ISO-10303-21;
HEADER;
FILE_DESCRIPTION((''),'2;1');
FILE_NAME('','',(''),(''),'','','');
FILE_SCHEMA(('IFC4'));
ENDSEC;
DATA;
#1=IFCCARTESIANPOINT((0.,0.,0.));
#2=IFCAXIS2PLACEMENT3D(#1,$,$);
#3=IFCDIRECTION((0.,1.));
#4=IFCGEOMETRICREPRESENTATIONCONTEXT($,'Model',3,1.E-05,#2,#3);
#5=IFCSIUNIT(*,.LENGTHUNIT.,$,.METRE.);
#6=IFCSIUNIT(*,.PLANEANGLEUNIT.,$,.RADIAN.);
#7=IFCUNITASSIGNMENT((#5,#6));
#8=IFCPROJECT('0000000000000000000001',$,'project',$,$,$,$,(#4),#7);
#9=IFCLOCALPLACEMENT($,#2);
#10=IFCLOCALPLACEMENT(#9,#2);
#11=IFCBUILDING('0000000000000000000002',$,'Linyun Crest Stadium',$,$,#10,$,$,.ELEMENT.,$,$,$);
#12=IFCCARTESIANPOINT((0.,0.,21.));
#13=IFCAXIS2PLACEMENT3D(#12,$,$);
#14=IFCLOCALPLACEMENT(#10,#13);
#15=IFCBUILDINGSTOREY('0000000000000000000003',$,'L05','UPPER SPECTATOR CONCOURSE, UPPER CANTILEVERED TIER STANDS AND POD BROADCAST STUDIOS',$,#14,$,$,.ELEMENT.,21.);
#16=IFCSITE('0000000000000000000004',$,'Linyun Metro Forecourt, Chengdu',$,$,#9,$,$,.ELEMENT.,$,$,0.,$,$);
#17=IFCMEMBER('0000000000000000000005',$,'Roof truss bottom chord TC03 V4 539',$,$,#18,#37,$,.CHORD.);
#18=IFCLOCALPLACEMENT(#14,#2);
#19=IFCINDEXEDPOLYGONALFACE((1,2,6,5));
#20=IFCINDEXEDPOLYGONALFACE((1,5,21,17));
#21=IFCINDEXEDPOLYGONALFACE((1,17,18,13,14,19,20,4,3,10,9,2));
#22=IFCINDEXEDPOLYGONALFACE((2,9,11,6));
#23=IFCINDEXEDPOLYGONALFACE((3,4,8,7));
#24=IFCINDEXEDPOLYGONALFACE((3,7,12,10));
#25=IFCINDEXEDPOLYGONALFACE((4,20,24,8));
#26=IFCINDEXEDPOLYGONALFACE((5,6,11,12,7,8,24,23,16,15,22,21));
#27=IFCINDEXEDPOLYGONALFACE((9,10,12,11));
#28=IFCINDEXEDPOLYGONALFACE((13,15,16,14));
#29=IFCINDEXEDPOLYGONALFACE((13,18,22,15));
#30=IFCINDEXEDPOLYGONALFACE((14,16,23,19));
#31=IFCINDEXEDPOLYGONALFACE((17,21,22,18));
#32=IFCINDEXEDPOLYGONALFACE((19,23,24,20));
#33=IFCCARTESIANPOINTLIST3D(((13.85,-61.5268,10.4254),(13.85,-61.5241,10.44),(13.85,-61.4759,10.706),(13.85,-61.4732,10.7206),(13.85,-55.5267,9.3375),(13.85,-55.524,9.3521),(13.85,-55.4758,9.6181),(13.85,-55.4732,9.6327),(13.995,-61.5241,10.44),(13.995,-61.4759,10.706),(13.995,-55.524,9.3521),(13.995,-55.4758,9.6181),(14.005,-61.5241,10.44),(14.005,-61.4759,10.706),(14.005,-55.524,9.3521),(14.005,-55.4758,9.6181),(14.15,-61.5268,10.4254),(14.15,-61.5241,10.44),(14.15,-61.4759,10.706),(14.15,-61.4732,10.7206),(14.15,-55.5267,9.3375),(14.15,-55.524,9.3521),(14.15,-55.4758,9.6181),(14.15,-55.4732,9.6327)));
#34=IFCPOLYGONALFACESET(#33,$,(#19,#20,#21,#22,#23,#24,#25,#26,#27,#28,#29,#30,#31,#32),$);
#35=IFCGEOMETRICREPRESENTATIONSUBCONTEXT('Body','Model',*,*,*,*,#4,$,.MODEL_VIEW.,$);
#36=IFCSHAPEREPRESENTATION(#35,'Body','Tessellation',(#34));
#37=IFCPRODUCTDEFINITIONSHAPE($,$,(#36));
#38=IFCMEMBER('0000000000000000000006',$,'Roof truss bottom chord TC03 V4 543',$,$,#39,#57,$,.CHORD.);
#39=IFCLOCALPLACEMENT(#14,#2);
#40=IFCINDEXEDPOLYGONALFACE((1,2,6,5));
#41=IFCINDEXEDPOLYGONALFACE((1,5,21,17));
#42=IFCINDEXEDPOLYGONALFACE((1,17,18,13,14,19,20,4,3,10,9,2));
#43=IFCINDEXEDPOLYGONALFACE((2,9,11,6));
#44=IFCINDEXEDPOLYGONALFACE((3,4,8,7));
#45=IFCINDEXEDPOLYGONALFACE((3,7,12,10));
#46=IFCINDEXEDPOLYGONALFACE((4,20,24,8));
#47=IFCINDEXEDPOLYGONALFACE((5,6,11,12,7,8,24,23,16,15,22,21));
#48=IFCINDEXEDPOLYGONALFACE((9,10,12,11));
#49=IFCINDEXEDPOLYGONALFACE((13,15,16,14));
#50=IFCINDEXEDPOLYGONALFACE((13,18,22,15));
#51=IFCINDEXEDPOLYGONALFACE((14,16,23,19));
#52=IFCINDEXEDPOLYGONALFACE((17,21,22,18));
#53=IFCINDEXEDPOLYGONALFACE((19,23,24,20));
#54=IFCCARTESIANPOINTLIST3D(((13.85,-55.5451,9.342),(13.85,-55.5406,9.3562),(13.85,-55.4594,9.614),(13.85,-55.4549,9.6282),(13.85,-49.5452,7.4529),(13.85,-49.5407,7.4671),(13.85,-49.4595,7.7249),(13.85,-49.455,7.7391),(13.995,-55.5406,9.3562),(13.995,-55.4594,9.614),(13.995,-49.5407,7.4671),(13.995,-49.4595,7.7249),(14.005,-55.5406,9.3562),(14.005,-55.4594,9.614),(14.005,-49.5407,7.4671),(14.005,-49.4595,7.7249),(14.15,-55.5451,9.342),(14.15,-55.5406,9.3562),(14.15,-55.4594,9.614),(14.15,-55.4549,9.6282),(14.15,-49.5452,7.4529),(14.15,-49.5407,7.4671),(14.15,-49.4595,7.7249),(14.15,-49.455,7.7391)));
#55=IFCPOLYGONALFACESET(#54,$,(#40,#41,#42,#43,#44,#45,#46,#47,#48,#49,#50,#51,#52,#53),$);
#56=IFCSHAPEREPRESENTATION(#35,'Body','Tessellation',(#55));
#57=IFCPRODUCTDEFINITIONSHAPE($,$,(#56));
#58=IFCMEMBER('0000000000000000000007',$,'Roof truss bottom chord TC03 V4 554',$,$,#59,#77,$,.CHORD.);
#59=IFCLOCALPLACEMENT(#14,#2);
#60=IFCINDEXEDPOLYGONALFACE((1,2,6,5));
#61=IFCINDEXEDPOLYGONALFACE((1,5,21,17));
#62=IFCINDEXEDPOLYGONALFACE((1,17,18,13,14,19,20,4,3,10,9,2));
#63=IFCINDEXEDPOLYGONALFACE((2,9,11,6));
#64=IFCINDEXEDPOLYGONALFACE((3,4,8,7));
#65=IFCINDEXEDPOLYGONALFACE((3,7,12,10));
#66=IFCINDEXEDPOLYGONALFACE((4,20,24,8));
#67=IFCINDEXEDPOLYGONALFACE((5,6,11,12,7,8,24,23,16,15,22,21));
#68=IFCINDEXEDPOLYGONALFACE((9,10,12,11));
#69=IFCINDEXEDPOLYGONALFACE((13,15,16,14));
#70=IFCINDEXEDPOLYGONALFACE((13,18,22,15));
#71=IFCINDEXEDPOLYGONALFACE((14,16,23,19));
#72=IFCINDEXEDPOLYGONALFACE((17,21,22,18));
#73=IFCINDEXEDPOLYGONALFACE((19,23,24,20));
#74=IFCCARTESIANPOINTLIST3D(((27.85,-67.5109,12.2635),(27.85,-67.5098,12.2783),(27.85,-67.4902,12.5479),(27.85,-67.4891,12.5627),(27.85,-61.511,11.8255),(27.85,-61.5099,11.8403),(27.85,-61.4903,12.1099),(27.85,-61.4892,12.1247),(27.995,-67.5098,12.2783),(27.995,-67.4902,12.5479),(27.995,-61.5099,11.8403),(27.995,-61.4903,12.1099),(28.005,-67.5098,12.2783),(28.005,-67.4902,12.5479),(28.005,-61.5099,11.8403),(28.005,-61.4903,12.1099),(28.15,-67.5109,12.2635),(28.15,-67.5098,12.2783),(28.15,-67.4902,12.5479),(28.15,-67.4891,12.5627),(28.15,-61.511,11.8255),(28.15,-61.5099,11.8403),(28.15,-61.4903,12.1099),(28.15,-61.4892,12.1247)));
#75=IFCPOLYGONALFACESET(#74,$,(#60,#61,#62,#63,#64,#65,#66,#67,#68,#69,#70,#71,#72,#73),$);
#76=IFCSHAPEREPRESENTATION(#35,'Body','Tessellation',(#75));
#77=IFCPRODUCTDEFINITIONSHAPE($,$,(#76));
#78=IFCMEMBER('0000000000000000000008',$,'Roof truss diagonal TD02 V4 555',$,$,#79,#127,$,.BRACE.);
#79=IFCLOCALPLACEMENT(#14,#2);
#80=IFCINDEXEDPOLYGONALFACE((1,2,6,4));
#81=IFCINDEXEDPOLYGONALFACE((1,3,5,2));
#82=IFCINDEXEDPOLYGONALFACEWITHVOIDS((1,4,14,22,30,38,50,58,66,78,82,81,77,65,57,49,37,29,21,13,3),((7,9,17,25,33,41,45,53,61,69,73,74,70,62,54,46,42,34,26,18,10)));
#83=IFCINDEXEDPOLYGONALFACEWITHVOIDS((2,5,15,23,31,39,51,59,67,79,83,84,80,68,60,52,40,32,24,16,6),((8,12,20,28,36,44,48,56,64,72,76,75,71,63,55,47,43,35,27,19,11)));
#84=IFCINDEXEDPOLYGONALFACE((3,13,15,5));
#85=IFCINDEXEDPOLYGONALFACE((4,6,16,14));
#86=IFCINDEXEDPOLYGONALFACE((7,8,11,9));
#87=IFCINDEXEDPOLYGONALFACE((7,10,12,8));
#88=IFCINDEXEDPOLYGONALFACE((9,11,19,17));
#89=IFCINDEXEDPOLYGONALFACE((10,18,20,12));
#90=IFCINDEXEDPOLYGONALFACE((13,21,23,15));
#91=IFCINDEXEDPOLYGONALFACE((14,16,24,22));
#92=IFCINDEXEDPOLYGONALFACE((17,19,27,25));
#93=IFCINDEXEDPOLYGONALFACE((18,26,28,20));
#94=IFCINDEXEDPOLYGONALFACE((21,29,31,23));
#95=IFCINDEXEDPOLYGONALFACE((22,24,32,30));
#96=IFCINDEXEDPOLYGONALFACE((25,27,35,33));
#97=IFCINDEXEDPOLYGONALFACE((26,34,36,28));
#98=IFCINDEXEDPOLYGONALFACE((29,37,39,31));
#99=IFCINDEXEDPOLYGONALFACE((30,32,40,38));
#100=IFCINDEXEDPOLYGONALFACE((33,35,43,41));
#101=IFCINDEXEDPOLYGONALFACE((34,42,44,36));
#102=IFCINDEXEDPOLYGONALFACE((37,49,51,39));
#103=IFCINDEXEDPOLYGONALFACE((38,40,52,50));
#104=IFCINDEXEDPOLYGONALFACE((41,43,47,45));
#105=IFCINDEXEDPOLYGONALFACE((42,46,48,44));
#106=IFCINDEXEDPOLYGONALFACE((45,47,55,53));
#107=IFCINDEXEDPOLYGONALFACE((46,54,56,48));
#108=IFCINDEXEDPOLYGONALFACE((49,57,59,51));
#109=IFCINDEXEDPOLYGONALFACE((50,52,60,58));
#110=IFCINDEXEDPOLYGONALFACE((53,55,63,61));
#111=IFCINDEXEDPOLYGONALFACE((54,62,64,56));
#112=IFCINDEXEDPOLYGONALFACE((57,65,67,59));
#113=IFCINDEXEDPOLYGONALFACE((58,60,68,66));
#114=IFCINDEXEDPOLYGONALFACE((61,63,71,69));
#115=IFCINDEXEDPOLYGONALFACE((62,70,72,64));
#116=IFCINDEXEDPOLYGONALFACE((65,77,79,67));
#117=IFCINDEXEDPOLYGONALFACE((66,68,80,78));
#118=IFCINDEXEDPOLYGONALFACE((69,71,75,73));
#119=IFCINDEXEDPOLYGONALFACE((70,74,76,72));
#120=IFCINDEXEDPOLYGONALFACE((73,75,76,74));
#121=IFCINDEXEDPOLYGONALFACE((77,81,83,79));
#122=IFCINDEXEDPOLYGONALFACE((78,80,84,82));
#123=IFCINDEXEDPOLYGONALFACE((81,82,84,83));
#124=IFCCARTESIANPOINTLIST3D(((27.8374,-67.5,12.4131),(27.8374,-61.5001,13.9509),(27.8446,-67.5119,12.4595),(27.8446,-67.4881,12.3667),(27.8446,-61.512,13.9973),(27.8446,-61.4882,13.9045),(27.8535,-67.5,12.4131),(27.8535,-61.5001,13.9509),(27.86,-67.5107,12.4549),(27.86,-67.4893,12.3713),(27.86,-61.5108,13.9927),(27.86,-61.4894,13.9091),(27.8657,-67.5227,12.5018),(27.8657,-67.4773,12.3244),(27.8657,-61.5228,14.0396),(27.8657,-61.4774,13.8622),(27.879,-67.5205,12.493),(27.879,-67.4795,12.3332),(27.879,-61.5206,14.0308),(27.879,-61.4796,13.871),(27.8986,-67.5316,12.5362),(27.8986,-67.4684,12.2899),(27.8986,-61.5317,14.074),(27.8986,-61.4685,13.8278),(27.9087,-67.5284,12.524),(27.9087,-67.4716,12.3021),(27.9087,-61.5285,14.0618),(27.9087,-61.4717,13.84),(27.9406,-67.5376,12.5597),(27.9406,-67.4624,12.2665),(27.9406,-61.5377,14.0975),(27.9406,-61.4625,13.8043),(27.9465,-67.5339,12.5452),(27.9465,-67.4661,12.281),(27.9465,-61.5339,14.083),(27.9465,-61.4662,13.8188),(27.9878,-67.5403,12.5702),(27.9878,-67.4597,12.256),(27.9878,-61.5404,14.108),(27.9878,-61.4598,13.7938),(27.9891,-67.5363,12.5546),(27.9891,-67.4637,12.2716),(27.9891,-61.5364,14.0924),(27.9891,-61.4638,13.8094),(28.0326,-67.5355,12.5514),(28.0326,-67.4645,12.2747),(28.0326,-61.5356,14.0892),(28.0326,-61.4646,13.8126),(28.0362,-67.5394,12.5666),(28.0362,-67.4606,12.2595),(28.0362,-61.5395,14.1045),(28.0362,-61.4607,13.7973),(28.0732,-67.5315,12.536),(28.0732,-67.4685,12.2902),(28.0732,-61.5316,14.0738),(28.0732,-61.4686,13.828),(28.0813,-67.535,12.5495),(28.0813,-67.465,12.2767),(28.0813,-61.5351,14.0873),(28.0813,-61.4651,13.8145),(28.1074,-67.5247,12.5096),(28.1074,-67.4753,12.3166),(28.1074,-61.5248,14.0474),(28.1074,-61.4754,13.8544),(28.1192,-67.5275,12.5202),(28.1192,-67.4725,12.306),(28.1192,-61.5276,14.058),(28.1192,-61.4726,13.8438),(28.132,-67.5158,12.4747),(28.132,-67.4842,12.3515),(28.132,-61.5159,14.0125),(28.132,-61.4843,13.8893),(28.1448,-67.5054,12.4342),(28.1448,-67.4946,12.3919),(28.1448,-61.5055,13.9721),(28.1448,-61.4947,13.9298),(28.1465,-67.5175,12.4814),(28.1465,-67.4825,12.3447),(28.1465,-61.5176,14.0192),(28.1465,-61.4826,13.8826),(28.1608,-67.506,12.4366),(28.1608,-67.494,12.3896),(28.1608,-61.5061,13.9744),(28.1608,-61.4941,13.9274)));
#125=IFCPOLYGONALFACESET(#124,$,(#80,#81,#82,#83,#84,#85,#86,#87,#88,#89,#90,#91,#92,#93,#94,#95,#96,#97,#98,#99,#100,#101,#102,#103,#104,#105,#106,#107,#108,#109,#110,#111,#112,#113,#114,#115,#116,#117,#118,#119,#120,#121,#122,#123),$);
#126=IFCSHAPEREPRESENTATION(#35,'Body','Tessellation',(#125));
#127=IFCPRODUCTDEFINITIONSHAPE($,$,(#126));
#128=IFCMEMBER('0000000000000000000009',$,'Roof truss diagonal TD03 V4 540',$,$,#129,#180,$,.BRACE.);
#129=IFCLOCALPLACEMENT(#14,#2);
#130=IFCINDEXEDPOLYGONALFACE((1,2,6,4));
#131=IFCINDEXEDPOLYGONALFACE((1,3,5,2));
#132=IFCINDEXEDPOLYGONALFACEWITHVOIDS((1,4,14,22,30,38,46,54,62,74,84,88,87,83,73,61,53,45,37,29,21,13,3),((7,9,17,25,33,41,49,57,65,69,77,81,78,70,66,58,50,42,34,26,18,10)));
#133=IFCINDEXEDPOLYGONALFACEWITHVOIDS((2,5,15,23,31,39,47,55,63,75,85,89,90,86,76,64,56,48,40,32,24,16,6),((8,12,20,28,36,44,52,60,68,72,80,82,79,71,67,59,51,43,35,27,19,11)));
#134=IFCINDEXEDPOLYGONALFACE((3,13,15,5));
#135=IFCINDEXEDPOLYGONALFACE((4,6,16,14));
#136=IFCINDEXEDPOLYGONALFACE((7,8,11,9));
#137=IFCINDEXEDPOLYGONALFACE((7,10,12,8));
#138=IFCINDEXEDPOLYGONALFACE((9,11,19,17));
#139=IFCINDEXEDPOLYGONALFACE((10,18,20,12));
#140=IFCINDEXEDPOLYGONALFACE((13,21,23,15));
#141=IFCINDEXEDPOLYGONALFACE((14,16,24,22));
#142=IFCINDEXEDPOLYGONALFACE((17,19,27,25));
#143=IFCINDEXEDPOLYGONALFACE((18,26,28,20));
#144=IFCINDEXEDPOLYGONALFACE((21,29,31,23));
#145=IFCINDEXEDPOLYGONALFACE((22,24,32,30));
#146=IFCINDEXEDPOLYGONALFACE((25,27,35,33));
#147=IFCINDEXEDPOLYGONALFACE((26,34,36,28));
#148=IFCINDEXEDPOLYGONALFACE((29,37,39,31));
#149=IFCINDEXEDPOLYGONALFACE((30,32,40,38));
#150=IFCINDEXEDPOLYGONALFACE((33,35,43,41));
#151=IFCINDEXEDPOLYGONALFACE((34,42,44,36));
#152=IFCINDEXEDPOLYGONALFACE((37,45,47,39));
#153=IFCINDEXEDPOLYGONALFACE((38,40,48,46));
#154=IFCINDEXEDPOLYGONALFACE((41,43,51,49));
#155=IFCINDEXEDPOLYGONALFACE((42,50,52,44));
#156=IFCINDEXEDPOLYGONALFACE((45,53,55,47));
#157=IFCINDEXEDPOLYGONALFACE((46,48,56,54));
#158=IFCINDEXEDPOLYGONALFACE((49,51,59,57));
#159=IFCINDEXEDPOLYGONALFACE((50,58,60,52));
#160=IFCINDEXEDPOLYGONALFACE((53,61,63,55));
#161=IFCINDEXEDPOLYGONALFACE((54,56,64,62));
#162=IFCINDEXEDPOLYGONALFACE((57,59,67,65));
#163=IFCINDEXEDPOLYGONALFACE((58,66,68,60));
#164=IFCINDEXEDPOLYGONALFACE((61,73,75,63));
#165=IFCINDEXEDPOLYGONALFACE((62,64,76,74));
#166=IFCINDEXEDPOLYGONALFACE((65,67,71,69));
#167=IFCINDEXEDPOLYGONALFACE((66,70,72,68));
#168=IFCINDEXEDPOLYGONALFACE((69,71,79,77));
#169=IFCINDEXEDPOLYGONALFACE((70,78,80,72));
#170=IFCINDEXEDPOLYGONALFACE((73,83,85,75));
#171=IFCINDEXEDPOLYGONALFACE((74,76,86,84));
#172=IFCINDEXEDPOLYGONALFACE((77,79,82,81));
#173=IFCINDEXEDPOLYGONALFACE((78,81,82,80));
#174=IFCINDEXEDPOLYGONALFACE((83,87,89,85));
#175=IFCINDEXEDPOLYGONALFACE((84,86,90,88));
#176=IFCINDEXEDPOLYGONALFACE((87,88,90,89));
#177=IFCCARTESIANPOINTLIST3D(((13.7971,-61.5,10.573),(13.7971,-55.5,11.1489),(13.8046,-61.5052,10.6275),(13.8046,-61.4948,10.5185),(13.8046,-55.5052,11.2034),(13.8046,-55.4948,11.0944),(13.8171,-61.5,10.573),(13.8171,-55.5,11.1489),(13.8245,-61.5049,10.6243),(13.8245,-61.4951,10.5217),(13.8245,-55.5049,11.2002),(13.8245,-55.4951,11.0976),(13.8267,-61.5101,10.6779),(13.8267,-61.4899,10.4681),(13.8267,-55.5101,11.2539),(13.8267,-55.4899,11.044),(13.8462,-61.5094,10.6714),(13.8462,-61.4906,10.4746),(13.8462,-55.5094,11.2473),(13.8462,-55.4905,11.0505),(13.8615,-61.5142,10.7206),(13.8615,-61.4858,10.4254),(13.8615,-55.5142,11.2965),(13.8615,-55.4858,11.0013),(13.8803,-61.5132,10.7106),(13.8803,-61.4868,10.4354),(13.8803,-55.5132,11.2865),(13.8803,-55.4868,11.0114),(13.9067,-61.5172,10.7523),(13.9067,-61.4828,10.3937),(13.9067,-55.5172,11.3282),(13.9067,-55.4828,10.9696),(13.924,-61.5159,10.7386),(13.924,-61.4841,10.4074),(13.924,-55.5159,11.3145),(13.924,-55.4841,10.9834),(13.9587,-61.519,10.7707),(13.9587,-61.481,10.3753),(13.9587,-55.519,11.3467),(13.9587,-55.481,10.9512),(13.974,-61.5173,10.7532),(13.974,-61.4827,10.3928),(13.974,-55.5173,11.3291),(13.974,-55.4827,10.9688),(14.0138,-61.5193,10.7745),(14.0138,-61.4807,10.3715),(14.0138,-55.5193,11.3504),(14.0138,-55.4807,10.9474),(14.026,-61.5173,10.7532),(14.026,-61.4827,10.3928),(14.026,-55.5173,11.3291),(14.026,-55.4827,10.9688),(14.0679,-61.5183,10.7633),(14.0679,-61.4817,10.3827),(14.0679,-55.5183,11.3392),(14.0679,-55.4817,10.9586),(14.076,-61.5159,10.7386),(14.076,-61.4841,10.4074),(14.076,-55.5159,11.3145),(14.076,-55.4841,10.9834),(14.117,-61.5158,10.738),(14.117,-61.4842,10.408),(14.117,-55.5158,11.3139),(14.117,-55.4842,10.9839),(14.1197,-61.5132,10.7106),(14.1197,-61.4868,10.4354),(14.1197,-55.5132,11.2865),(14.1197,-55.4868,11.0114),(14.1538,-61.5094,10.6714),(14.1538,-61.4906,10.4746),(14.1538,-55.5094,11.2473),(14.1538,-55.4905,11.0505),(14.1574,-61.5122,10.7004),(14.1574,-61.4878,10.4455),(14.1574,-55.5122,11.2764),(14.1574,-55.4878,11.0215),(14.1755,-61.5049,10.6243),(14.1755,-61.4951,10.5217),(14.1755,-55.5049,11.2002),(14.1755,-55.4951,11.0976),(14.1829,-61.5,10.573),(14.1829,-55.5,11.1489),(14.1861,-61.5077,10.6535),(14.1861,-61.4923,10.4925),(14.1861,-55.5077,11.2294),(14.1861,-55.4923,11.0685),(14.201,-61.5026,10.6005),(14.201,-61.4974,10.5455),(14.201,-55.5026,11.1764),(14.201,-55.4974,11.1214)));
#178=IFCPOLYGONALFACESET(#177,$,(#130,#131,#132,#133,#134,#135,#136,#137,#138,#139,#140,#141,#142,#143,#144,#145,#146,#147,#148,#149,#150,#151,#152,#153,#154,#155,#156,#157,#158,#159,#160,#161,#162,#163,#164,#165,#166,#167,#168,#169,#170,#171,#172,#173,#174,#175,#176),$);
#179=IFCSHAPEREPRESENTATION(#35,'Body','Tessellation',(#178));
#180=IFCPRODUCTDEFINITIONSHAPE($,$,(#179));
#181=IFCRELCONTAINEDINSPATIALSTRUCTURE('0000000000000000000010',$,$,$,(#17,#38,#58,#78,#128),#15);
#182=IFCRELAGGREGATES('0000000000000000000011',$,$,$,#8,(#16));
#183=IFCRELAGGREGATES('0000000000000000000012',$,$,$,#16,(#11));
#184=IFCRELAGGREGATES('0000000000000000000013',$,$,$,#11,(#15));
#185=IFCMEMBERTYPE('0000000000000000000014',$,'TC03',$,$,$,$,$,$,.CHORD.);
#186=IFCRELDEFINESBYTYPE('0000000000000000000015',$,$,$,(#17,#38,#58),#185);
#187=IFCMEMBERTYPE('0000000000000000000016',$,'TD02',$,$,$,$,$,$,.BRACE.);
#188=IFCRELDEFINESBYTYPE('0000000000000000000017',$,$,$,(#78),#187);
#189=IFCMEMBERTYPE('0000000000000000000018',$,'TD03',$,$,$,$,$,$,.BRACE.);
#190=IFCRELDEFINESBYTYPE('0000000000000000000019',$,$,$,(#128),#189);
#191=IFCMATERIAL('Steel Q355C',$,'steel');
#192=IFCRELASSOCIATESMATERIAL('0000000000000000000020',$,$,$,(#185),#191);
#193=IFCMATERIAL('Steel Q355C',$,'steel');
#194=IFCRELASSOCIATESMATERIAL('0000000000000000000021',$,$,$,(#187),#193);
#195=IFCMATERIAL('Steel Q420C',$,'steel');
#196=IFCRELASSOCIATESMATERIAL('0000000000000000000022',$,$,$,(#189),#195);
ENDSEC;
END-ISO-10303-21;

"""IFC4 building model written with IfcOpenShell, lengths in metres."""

from ifc_helpers import new_model, si_unit, direction, frame, origin, origin_2d, place, context, subcontext, project, spatial, hollow_circle, i_section, extrude, material, material_profile, profile_set, type_object, element, save


model = new_model("IFC4")

# Units and contexts
model_context = context("Model", 3, precision=1e-05, world=origin(), true_north=direction((0.0, 1.0)))
body_context = subcontext(model_context, "Body", "Model", "MODEL_VIEW")
ifc_project = project(units=[si_unit("LENGTHUNIT", "METRE"), si_unit("PLANEANGLEUNIT", "RADIAN")], contexts=[model_context])

# Site, building, storey
site_placement = place(None, origin())
site = spatial("IfcSite", under=ifc_project, at=site_placement, Name="Linyun Metro Forecourt, Chengdu", CompositionType="ELEMENT", RefElevation=0.0)
building_placement = place(site_placement, origin())
building = spatial("IfcBuilding", under=site, at=building_placement, Name="Linyun Crest Stadium", CompositionType="ELEMENT")
storey_placement = place(building_placement, frame((0.0, 0.0, 21.0)))
storey = spatial("IfcBuildingStorey", under=building, at=storey_placement, Name="L05", Description="UPPER SPECTATOR CONCOURSE, UPPER CANTILEVERED TIER STANDS AND POD BROADCAST STUDIOS", CompositionType="ELEMENT", Elevation=21.0)

# Members
ifc_material_1 = material(Name="Steel Q355C", Category="steel")
ifc_material_profile_1 = material_profile(ifc_material_1, i_section(OverallWidth=0.3, OverallDepth=0.3, WebThickness=0.01, FlangeThickness=0.0149, at=origin_2d()), Name="HW 300x300")
ifc_profile_set_1 = profile_set([ifc_material_profile_1], Name="Steel Q355C")
member_type_1 = type_object("IfcMemberType", Name="TC03", PredefinedType="CHORD", material=ifc_profile_set_1)
member_1_placement = place(storey_placement, frame((14.0, -61.5, 10.573), z_axis=(0.0, 0.983957, -0.178406), x_axis=(-1.0, 0.0, 0.0)))
element("IfcMember", 1, at=member_1_placement, inside=storey, type_object=member_type_1, Name="Roof truss bottom chord TC03 V4 539", PredefinedType="CHORD", context=body_context, shape_type="SweptSolid", body=[
    extrude(i_section(OverallWidth=0.3, OverallDepth=0.3, WebThickness=0.01, FlangeThickness=0.0149, at=origin_2d()), origin(), (0.0, 0.0, 1.0), 6.0979),
])
member_2_placement = place(storey_placement, frame((14.0, -55.5, 9.4851), z_axis=(0.0, 0.953837, -0.300325), x_axis=(-1.0, 0.0, 0.0)))
element("IfcMember", 2, at=member_2_placement, inside=storey, type_object=member_type_1, Name="Roof truss bottom chord TC03 V4 543", PredefinedType="CHORD", context=body_context, shape_type="SweptSolid", body=[
    extrude(i_section(OverallWidth=0.3, OverallDepth=0.3, WebThickness=0.01, FlangeThickness=0.0149, at=origin_2d()), origin(), (0.0, 0.0, 1.0), 6.2903),
])
member_3_placement = place(storey_placement, frame((28.0, -67.5, 12.4131), z_axis=(0.0, 0.997346, -0.072804), x_axis=(-1.0, 0.0, 0.0)))
element("IfcMember", 3, at=member_3_placement, inside=storey, type_object=member_type_1, Name="Roof truss bottom chord TC03 V4 554", PredefinedType="CHORD", context=body_context, shape_type="SweptSolid", body=[
    extrude(i_section(OverallWidth=0.3, OverallDepth=0.3, WebThickness=0.01, FlangeThickness=0.0149, at=origin_2d()), origin(), (0.0, 0.0, 1.0), 6.0159),
])
ifc_material_2 = material(Name="Steel Q355C", Category="steel")
ifc_material_profile_2 = material_profile(ifc_material_2, hollow_circle(Radius=0.1626, WallThickness=0.0161, at=origin_2d()), Name="CHS 325x16")
ifc_profile_set_2 = profile_set([ifc_material_profile_2], Name="Steel Q355C")
member_type_2 = type_object("IfcMemberType", Name="TD02", PredefinedType="BRACE", material=ifc_profile_set_2)
member_4_placement = place(storey_placement, frame((28.0, -67.5, 12.4131), z_axis=(0.0, 0.968688, 0.248281), x_axis=(-1.0, 0.0, 0.0)))
element("IfcMember", 4, at=member_4_placement, inside=storey, type_object=member_type_2, Name="Roof truss diagonal TD02 V4 555", PredefinedType="BRACE", context=body_context, shape_type="SweptSolid", body=[
    extrude(hollow_circle(Radius=0.1626, WallThickness=0.0161, at=origin_2d()), origin(), (0.0, 0.0, 1.0), 6.1938),
])
ifc_material_3 = material(Name="Steel Q420C", Category="steel")
ifc_material_profile_3 = material_profile(ifc_material_3, hollow_circle(Radius=0.2029, WallThickness=0.02, at=origin_2d()), Name="CHS 406x20")
ifc_profile_set_3 = profile_set([ifc_material_profile_3], Name="Steel Q420C")
member_type_3 = type_object("IfcMemberType", Name="TD03", PredefinedType="BRACE", material=ifc_profile_set_3)
member_5_placement = place(storey_placement, frame((14.0, -61.5, 10.573), z_axis=(0.0, 0.995425, 0.095549), x_axis=(-1.0, 0.0, 0.0)))
element("IfcMember", 5, at=member_5_placement, inside=storey, type_object=member_type_3, Name="Roof truss diagonal TD03 V4 540", PredefinedType="BRACE", context=body_context, shape_type="SweptSolid", body=[
    extrude(hollow_circle(Radius=0.2029, WallThickness=0.02, at=origin_2d()), origin(), (0.0, 0.0, 1.0), 6.0276),
])

save(model, "model.ifc")
